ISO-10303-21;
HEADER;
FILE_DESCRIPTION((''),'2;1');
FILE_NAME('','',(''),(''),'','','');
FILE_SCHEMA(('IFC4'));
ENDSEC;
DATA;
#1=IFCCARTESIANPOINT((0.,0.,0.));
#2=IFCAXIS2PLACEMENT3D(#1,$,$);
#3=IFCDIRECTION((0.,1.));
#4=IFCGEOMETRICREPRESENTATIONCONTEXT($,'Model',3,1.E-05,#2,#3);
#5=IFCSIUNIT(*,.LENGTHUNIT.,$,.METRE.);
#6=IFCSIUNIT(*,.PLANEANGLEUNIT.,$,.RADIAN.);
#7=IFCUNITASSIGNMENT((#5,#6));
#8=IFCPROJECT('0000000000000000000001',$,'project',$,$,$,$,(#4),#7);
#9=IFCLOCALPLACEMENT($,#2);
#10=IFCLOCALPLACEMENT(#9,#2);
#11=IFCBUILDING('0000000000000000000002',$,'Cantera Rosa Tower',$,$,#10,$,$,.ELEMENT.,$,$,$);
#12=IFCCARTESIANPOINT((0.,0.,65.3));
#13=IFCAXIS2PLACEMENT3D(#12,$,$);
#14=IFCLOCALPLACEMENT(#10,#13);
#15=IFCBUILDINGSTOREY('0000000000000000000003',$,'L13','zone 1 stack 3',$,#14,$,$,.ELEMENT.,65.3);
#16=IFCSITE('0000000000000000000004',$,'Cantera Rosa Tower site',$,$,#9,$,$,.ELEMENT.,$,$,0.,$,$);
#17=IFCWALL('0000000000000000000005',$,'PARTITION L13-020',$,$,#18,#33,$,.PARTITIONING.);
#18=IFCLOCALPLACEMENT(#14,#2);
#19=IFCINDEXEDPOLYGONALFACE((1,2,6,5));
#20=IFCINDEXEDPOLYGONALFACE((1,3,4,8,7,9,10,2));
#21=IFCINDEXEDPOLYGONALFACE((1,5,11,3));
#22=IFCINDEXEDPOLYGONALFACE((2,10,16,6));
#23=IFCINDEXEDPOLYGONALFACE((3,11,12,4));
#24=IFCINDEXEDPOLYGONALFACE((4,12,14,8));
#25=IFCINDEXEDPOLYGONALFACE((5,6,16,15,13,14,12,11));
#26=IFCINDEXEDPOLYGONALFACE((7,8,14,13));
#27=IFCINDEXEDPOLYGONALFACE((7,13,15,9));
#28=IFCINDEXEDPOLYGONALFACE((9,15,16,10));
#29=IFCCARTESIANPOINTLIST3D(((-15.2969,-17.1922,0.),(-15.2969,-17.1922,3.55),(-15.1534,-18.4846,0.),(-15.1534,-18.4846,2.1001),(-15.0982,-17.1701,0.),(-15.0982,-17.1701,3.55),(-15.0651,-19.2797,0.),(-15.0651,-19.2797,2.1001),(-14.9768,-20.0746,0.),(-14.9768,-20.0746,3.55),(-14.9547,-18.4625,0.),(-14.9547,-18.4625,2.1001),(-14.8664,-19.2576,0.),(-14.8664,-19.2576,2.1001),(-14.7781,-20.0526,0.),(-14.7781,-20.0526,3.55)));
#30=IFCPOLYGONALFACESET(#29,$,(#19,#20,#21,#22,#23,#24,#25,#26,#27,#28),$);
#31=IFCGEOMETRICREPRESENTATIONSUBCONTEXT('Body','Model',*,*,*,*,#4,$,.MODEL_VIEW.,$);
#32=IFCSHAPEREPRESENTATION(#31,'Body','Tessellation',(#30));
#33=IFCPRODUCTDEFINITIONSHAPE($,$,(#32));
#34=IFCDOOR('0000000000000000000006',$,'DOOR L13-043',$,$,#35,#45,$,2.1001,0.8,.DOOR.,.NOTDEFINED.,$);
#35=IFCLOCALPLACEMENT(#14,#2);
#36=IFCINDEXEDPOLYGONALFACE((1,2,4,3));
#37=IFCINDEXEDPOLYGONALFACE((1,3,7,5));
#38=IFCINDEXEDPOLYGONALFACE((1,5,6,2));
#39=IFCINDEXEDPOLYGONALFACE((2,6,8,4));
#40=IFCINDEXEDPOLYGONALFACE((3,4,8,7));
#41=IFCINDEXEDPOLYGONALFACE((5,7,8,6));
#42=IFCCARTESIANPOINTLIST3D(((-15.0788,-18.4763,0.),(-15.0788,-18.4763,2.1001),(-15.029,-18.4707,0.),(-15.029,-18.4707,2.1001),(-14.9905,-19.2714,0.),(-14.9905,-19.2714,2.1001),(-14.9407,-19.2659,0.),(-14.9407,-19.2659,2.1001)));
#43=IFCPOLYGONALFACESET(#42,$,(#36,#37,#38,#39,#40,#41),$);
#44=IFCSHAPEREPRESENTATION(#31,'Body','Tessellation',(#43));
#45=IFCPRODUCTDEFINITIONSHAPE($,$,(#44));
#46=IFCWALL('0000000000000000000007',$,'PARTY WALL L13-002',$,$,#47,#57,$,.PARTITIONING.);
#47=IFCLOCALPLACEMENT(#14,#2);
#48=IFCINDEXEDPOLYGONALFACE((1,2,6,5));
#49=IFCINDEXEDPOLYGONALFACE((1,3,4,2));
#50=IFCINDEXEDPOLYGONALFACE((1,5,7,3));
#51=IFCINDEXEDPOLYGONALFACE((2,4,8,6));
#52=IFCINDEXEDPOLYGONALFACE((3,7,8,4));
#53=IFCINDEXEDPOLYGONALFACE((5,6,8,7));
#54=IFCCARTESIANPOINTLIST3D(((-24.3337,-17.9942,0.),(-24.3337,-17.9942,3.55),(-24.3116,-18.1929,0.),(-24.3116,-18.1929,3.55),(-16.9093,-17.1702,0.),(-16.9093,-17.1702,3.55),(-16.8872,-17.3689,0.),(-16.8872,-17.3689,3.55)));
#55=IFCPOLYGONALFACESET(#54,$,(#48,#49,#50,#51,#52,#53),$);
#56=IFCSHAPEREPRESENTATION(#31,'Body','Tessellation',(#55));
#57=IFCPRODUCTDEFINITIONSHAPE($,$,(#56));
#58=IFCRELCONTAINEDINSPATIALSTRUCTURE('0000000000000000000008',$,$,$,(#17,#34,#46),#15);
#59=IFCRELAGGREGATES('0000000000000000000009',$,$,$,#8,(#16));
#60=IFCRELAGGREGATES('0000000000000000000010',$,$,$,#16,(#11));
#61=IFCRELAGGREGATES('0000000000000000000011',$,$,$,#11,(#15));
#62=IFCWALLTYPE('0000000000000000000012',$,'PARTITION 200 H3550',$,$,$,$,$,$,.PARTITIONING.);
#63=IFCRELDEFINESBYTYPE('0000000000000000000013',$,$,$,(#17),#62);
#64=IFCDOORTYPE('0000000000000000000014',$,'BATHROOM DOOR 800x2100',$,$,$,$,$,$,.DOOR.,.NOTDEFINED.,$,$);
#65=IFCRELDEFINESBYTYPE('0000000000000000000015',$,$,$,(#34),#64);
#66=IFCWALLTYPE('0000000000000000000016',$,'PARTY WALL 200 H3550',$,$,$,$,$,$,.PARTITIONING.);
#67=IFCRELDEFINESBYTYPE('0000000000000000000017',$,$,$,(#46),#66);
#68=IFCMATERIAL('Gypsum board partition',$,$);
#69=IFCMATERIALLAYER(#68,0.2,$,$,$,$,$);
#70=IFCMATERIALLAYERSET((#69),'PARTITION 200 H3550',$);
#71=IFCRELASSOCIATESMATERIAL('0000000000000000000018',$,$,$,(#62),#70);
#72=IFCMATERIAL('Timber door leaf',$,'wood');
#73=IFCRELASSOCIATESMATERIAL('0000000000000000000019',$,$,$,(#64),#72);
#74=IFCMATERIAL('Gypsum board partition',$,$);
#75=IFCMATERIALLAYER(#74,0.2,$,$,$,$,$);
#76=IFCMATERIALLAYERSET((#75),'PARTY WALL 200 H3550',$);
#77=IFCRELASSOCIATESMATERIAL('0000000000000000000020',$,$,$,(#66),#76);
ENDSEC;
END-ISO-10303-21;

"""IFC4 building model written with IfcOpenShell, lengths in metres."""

from ifc_helpers import new_model, si_unit, direction, frame, frame_2d, origin, place, context, subcontext, project, spatial, rectangle, extrude, material, layer, layer_set, type_object, element, fill, save


model = new_model("IFC4")

# Units and contexts
model_context = context("Model", 3, precision=1e-05, world=origin(), true_north=direction((0.0, 1.0)))
body_context = subcontext(model_context, "Body", "Model", "MODEL_VIEW")
ifc_project = project(units=[si_unit("LENGTHUNIT", "METRE"), si_unit("PLANEANGLEUNIT", "RADIAN")], contexts=[model_context])

# Site, building, storey
site_placement = place(None, origin())
site = spatial("IfcSite", under=ifc_project, at=site_placement, Name="Cantera Rosa Tower site", CompositionType="ELEMENT", RefElevation=0.0)
building_placement = place(site_placement, origin())
building = spatial("IfcBuilding", under=site, at=building_placement, Name="Cantera Rosa Tower", CompositionType="ELEMENT")
storey_placement = place(building_placement, frame((0.0, 0.0, 65.3)))
storey = spatial("IfcBuildingStorey", under=building, at=storey_placement, Name="L13", Description="zone 1 stack 3", CompositionType="ELEMENT", Elevation=65.3)

# Wall, opening, door
ifc_material_1 = material(Name="Gypsum board partition")
ifc_layer_1 = layer(ifc_material_1, 0.2)
ifc_layer_set_1 = layer_set([ifc_layer_1], Name="PARTITION 200 H3550")
wall_type_1 = type_object("IfcWallType", Name="PARTITION 200 H3550", PredefinedType="PARTITIONING", material=ifc_layer_set_1)
wall_1_placement = place(storey_placement, frame((-14.8774, -20.0637, 0.0), z_axis=(0.0, 0.0, 1.0), x_axis=(-0.110367, 0.993891, 0.0)))
wall_1 = element("IfcWall", 1, at=wall_1_placement, inside=storey, type_object=wall_type_1, Name="PARTITION L13-020", PredefinedType="PARTITIONING", context=body_context, shape_type="SweptSolid", body=[
    extrude(rectangle(XDim=2.9001, YDim=0.2, at=frame_2d((1.4502, 0.0))), origin(), (0.0, 0.0, 1.0), 3.55),
])
opening_1_placement = place(wall_1_placement, frame((0.8, 0.0, 0.0)))
opening_1 = element("IfcOpeningElement", 2, at=opening_1_placement, cuts=wall_1, PredefinedType="OPENING", context=body_context, shape_type="SweptSolid", body=[
    extrude(rectangle(XDim=0.8, YDim=2.1001, at=frame_2d((0.3999, 1.05))), frame((0.0, 0.1099, 0.0), z_axis=(0.0, -1.0, 0.0), x_axis=(1.0, 0.0, 0.0)), (0.0, 0.0, 1.0), 0.22),
])
ifc_material_2 = material(Name="Timber door leaf", Category="wood")
door_type_1 = type_object("IfcDoorType", Name="BATHROOM DOOR 800x2100", OperationType="NOTDEFINED", PredefinedType="DOOR", material=ifc_material_2)
door_1_placement = place(opening_1_placement, origin())
door_1 = element("IfcDoor", 3, at=door_1_placement, inside=storey, type_object=door_type_1, Name="DOOR L13-043", OperationType="NOTDEFINED", OverallHeight=2.1001, OverallWidth=0.8, PredefinedType="DOOR", context=body_context, shape_type="SweptSolid", body=[
    extrude(rectangle(XDim=0.8, YDim=2.1001, at=frame_2d((0.3999, 1.05))), frame((0.0, 0.0249, 0.0), z_axis=(0.0, -1.0, 0.0), x_axis=(1.0, 0.0, 0.0)), (0.0, 0.0, 1.0), 0.05),
])
fill(opening_1, door_1)

# Wall
ifc_material_3 = material(Name="Gypsum board partition")
ifc_layer_2 = layer(ifc_material_3, 0.2)
ifc_layer_set_2 = layer_set([ifc_layer_2], Name="PARTY WALL 200 H3550")
wall_type_2 = type_object("IfcWallType", Name="PARTY WALL 200 H3550", PredefinedType="PARTITIONING", material=ifc_layer_set_2)
wall_2_placement = place(storey_placement, frame((-24.3225, -18.0935, 0.0), z_axis=(0.0, 0.0, 1.0), x_axis=(0.993898, 0.110306, 0.0)))
element("IfcWall", 4, at=wall_2_placement, inside=storey, type_object=wall_type_2, Name="PARTY WALL L13-002", PredefinedType="PARTITIONING", context=body_context, shape_type="SweptSolid", body=[
    extrude(rectangle(XDim=7.47, YDim=0.2, at=frame_2d((3.7349, 0.0))), origin(), (0.0, 0.0, 1.0), 3.55),
])

save(model, "model.ifc")
